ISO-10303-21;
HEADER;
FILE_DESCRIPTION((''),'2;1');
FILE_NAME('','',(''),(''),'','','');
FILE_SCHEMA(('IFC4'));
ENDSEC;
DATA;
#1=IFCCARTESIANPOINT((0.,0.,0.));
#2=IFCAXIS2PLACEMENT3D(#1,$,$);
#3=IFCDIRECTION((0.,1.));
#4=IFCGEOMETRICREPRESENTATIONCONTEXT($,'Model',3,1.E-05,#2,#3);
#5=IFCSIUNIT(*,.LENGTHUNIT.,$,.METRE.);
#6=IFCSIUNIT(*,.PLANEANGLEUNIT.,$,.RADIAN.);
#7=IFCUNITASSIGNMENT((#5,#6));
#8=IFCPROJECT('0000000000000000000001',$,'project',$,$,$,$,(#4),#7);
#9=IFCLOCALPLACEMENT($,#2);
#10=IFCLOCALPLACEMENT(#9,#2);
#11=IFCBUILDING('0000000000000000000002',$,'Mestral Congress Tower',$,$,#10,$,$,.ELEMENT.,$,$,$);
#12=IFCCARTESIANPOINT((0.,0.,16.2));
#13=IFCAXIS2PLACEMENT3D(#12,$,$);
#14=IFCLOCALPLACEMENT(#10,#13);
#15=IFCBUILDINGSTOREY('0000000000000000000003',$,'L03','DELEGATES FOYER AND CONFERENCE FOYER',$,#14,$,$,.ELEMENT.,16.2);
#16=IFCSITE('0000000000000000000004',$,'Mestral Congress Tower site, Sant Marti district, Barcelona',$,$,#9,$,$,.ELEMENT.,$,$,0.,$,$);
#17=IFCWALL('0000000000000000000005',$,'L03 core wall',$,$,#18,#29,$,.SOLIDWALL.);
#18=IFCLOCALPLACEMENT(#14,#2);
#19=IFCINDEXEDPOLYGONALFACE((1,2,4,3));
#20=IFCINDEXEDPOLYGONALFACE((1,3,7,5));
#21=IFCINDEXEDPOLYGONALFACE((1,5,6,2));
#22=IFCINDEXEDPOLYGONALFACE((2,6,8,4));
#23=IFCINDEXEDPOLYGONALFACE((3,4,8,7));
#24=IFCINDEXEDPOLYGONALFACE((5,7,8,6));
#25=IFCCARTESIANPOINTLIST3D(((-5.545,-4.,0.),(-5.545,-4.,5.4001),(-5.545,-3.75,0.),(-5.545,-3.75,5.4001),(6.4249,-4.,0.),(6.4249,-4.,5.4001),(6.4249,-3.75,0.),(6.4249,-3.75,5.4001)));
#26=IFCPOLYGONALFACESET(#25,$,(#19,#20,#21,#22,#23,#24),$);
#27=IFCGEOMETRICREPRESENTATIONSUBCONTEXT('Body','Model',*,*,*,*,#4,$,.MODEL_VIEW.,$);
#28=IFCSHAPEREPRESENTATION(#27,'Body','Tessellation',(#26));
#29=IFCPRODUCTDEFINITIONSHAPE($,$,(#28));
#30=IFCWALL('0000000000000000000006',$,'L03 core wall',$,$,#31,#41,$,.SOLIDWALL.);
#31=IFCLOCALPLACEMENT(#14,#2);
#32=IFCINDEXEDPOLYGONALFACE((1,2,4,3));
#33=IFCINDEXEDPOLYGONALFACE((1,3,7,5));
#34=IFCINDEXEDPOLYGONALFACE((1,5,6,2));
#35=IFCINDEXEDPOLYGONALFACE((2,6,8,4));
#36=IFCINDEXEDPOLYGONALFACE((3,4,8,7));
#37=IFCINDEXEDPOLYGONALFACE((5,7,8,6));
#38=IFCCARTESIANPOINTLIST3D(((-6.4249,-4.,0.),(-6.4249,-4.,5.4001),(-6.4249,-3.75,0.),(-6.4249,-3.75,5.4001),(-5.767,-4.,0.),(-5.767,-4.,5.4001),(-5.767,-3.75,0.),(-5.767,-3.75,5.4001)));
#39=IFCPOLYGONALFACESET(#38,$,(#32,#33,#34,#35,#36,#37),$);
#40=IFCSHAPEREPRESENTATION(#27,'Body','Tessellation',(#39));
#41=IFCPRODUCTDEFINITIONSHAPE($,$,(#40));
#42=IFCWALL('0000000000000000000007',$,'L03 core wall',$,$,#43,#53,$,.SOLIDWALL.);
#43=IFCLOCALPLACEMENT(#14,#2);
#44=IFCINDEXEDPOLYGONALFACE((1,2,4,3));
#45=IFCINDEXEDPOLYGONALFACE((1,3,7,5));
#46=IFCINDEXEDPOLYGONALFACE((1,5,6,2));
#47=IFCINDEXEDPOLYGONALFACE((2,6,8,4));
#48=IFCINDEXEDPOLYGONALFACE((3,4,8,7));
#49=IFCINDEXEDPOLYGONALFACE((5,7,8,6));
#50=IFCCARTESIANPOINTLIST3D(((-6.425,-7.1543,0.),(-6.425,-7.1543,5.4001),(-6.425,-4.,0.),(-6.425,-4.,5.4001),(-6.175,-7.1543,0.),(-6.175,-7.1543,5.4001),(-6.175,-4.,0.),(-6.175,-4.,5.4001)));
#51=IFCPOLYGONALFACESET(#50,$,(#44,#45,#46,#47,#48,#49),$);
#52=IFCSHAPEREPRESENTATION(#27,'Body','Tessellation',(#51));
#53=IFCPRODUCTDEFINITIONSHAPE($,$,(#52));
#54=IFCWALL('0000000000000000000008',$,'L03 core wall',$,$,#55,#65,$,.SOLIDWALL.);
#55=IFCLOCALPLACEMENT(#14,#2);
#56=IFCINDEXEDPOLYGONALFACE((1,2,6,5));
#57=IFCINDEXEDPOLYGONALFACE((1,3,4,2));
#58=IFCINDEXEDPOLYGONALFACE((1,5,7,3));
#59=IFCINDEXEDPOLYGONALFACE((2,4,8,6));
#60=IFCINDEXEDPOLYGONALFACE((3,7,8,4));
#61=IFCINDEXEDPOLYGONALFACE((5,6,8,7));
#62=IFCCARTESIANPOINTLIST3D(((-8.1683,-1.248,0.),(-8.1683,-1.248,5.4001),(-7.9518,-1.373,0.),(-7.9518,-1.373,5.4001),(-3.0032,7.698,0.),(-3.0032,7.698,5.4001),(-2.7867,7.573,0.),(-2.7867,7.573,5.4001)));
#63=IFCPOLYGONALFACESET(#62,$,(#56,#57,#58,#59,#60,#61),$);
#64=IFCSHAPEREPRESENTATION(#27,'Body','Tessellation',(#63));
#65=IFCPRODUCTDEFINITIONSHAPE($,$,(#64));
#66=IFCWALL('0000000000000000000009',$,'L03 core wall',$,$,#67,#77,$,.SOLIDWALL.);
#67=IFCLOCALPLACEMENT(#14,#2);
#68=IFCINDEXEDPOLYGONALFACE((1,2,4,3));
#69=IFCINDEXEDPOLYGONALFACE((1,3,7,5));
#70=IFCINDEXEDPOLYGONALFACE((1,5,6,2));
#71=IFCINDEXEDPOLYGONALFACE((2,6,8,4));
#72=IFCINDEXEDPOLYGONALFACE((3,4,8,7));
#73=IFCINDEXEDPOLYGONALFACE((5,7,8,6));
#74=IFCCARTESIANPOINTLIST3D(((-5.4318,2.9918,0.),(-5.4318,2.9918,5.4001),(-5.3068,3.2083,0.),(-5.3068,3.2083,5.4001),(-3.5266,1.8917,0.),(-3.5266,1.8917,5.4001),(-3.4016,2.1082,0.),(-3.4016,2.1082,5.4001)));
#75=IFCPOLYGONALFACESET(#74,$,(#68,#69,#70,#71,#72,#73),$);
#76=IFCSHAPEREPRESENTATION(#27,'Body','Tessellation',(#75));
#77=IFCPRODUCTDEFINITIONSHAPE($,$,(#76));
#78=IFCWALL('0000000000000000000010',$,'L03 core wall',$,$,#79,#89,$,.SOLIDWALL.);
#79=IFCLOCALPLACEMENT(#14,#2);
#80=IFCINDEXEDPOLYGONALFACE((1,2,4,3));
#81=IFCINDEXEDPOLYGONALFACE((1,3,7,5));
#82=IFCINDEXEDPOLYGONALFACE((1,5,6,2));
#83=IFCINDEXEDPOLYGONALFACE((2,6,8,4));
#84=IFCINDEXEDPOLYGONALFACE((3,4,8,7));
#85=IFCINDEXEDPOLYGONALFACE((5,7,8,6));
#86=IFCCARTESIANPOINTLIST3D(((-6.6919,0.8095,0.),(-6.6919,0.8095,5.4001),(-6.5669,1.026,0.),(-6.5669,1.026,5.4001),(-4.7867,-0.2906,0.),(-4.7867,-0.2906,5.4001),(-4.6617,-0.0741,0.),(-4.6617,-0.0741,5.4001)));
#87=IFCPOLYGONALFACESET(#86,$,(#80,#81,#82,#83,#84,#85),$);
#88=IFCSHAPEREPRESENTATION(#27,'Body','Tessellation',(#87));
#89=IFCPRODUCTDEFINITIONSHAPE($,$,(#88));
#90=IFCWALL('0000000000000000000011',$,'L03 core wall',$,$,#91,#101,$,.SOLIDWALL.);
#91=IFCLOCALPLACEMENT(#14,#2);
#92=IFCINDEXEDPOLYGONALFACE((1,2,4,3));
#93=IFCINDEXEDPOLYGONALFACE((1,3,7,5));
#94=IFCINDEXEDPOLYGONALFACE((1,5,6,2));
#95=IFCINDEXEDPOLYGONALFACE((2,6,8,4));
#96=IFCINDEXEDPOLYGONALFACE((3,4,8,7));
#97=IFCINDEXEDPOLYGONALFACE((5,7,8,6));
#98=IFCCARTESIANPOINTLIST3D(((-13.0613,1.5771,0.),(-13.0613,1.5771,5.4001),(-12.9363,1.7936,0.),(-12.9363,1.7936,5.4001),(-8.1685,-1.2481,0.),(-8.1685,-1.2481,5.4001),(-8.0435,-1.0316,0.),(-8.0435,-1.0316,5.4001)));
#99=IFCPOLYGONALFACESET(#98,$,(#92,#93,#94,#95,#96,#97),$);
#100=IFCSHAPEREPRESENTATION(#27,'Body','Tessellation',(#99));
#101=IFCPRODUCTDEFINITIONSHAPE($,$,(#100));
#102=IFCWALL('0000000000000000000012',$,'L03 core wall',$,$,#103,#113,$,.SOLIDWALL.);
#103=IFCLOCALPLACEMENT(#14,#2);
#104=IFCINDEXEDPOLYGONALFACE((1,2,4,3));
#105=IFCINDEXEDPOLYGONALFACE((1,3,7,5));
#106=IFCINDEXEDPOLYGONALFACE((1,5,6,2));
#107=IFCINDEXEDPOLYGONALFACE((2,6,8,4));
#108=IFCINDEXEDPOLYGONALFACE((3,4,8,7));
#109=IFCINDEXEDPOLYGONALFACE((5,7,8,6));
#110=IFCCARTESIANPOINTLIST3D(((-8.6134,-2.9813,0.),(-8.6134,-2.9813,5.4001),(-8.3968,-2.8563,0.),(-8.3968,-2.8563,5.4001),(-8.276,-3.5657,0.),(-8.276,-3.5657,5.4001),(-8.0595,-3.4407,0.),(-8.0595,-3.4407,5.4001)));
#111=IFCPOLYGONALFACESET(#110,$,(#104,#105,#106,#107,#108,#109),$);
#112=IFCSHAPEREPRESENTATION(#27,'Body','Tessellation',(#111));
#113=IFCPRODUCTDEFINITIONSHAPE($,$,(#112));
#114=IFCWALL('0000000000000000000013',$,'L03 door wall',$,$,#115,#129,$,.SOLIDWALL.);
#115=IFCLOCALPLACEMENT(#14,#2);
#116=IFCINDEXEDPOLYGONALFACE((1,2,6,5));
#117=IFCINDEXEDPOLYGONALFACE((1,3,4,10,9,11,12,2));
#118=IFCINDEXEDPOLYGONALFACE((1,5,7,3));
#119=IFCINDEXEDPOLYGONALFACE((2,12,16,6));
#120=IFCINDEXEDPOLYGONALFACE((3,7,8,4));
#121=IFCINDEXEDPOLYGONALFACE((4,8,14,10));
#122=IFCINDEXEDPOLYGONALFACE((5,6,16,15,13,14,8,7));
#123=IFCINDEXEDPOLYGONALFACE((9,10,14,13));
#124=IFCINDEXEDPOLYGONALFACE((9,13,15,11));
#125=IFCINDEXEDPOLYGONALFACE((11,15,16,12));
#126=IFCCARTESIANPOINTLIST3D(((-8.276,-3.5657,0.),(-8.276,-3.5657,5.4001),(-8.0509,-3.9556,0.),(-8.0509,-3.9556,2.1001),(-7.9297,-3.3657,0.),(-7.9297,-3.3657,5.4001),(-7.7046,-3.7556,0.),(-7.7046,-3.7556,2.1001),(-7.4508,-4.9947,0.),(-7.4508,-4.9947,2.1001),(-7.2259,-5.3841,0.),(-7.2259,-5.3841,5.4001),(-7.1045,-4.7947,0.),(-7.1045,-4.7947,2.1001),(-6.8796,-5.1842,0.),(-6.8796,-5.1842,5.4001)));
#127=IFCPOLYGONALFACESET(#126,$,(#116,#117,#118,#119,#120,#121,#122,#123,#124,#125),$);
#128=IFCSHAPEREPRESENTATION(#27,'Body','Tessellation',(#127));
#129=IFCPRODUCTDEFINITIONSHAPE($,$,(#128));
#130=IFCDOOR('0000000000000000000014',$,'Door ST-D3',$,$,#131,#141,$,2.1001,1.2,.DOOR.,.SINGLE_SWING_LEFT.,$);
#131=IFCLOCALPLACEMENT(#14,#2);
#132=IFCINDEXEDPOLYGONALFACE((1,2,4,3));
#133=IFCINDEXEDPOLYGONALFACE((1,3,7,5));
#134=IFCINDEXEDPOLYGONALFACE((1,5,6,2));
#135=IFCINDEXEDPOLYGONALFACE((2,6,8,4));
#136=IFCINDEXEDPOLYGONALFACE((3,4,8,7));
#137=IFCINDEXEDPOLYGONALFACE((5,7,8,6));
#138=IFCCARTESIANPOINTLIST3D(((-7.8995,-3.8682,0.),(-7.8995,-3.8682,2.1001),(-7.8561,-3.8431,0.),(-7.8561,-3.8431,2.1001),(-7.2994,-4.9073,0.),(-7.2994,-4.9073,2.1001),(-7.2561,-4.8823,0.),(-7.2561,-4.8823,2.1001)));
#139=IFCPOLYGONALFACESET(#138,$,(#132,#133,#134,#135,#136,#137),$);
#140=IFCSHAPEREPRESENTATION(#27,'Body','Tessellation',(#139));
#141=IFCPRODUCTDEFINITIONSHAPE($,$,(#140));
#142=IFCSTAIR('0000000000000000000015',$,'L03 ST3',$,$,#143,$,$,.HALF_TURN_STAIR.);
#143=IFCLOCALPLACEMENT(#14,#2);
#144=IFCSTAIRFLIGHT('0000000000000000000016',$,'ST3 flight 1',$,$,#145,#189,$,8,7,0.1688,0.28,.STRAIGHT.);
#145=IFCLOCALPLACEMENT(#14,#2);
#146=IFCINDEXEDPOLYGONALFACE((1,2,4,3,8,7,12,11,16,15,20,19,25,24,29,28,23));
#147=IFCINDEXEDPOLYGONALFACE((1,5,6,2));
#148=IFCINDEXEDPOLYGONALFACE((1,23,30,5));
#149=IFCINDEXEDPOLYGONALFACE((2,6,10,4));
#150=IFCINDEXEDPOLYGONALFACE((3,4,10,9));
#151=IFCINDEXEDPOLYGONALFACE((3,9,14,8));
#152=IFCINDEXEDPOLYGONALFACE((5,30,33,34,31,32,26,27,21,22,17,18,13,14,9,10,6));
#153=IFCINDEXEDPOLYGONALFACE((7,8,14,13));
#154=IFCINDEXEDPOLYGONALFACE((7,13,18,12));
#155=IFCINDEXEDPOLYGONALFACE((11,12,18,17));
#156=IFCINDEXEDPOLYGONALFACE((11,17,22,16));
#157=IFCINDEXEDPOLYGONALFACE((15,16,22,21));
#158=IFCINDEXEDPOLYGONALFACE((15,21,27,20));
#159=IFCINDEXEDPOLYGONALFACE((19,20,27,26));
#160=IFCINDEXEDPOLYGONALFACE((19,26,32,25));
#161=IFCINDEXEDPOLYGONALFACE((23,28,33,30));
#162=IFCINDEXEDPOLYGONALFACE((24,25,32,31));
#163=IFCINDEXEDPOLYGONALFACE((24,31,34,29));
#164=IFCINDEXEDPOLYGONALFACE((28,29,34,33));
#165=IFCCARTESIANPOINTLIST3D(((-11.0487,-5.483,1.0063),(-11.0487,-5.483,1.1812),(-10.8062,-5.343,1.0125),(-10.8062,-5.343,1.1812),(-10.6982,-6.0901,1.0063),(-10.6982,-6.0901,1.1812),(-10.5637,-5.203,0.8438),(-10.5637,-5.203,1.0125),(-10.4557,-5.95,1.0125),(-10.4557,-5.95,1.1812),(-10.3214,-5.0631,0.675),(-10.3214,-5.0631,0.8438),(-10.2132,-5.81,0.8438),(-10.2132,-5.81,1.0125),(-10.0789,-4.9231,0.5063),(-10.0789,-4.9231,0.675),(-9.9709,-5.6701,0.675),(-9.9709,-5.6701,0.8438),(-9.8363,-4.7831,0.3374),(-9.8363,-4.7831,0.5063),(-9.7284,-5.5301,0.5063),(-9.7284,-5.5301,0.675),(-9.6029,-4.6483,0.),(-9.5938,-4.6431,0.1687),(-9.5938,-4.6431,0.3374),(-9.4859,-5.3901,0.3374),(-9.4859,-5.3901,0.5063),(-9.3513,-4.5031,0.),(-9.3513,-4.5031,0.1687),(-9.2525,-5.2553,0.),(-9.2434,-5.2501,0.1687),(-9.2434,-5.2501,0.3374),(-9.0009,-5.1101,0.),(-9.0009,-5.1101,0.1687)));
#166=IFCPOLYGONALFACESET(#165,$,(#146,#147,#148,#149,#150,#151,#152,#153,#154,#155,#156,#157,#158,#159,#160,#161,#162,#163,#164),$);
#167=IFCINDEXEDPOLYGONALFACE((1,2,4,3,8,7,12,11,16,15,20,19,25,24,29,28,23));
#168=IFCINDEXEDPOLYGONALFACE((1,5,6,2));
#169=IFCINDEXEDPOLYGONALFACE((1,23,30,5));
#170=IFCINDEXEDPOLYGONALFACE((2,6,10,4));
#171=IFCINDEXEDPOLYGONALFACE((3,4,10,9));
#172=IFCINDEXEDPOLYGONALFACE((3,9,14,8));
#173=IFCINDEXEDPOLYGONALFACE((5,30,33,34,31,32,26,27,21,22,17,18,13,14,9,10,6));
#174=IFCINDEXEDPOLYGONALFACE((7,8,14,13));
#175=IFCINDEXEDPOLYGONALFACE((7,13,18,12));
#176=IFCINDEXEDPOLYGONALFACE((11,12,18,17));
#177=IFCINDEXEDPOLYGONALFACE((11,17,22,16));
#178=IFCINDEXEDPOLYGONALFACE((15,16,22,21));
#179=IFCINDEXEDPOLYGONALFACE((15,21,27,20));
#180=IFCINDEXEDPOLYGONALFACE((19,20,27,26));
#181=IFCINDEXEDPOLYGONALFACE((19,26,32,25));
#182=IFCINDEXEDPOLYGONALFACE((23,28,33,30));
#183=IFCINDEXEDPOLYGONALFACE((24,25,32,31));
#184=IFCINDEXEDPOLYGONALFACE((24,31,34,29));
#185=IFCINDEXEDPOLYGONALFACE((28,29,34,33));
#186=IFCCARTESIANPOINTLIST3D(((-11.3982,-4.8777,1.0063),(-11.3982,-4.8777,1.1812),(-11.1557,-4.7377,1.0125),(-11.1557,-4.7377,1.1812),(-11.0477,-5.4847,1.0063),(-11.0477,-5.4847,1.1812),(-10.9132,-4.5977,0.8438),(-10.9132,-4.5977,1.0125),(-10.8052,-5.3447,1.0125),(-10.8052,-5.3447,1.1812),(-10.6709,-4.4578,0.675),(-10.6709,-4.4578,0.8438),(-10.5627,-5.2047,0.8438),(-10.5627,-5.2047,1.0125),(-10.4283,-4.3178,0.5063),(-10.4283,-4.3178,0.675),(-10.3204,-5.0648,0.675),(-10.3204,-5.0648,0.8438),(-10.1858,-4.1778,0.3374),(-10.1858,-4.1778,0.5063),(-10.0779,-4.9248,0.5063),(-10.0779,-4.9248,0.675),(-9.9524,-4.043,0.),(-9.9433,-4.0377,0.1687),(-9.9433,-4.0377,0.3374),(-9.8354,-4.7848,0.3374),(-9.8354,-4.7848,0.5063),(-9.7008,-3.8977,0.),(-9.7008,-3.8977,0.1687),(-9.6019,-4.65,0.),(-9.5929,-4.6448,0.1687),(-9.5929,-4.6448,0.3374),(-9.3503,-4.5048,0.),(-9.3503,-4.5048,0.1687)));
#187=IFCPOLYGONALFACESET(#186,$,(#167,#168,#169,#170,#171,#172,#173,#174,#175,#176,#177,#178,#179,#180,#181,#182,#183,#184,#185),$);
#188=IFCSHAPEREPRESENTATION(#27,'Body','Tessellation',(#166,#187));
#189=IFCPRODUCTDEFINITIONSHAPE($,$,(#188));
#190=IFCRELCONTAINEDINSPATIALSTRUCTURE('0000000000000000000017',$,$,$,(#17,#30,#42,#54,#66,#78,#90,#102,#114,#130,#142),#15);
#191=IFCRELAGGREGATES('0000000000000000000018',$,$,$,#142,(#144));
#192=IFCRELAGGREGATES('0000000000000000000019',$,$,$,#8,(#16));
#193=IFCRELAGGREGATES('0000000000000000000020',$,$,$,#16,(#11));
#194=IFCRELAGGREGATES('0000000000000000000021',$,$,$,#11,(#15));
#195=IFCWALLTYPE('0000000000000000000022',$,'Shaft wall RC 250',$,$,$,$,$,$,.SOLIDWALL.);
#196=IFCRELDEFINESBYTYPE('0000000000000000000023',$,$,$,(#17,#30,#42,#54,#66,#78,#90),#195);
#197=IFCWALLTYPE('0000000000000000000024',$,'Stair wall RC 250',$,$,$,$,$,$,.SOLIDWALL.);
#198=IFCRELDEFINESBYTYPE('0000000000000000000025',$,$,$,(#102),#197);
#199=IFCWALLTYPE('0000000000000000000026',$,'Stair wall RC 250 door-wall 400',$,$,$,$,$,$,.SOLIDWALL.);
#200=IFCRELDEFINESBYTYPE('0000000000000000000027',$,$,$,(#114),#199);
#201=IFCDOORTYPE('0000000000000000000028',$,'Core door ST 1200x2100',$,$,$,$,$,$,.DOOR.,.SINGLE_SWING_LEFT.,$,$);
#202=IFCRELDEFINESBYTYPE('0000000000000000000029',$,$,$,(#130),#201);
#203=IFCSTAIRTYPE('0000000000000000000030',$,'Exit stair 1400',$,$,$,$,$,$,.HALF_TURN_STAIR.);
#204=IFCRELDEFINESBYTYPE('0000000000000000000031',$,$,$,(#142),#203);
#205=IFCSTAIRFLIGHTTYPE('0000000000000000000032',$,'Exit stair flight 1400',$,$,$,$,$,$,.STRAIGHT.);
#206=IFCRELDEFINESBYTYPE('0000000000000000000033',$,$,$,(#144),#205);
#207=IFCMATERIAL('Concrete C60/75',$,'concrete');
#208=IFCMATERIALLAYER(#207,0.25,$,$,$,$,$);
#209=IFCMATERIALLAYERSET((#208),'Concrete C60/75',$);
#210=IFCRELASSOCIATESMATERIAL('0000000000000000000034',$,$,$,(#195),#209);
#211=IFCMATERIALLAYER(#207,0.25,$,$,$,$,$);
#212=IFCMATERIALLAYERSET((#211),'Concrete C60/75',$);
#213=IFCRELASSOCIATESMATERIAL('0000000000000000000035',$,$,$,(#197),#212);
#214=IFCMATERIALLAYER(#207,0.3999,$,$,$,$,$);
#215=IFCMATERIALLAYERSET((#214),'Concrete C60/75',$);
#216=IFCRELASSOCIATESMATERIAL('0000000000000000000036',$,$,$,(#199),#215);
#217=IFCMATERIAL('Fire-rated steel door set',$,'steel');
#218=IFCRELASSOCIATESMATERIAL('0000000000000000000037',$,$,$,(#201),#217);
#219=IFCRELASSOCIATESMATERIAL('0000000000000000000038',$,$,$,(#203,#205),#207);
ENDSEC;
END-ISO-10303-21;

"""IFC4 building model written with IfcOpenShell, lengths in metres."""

from ifc_helpers import new_model, si_unit, direction, frame, frame_2d, origin, place, context, subcontext, project, spatial, polyline, rectangle, outline, extrude, material, layer, layer_set, type_object, element, fill, aggregate, save


model = new_model("IFC4")

# Units and contexts
model_context = context("Model", 3, precision=1e-05, world=origin(), true_north=direction((0.0, 1.0)))
body_context = subcontext(model_context, "Body", "Model", "MODEL_VIEW")
ifc_project = project(units=[si_unit("LENGTHUNIT", "METRE"), si_unit("PLANEANGLEUNIT", "RADIAN")], contexts=[model_context])

# Site, building, storey
site_placement = place(None, origin())
site = spatial("IfcSite", under=ifc_project, at=site_placement, Name="Mestral Congress Tower site, Sant Marti district, Barcelona", CompositionType="ELEMENT", RefElevation=0.0)
building_placement = place(site_placement, origin())
building = spatial("IfcBuilding", under=site, at=building_placement, Name="Mestral Congress Tower", CompositionType="ELEMENT")
storey_placement = place(building_placement, frame((0.0, 0.0, 16.2)))
storey = spatial("IfcBuildingStorey", under=building, at=storey_placement, Name="L03", Description="DELEGATES FOYER AND CONFERENCE FOYER", CompositionType="ELEMENT", Elevation=16.2)

# Shared definitions
ifc_material_1 = material(Name="Fire-rated steel door set", Category="steel")

# Shared definitions
ifc_material_2 = material(Name="Concrete C60/75", Category="concrete")

# Walls
ifc_layer_1 = layer(ifc_material_2, 0.25)
ifc_layer_set_1 = layer_set([ifc_layer_1], Name="Concrete C60/75")
wall_type_1 = type_object("IfcWallType", Name="Shaft wall RC 250", PredefinedType="SOLIDWALL", material=ifc_layer_set_1)
wall_1_placement = place(storey_placement, frame((-5.5449, -3.875, 0.0), z_axis=(0.0, 0.0, 1.0), x_axis=(1.0, 0.0, 0.0)))
element("IfcWall", 1, at=wall_1_placement, inside=storey, type_object=wall_type_1, Name="L03 core wall", PredefinedType="SOLIDWALL", context=body_context, shape_type="SweptSolid", body=[
    extrude(rectangle(XDim=11.97, YDim=0.25, at=frame_2d((5.9849, 0.0))), origin(), (0.0, 0.0, 1.0), 5.4001),
])
wall_2_placement = place(storey_placement, frame((-6.425, -3.875, 0.0), z_axis=(0.0, 0.0, 1.0), x_axis=(1.0, 0.0, 0.0)))
element("IfcWall", 2, at=wall_2_placement, inside=storey, type_object=wall_type_1, Name="L03 core wall", PredefinedType="SOLIDWALL", context=body_context, shape_type="SweptSolid", body=[
    extrude(rectangle(XDim=0.658, YDim=0.25, at=frame_2d((0.3291, 0.0))), origin(), (0.0, 0.0, 1.0), 5.4001),
])
wall_3_placement = place(storey_placement, frame((-6.3, -4.0, 0.0), z_axis=(0.0, 0.0, 1.0), x_axis=(0.0, -1.0, 0.0)))
element("IfcWall", 3, at=wall_3_placement, inside=storey, type_object=wall_type_1, Name="L03 core wall", PredefinedType="SOLIDWALL", context=body_context, shape_type="SweptSolid", body=[
    extrude(rectangle(XDim=3.1543, YDim=0.25, at=frame_2d((1.5771, 0.0))), origin(), (0.0, 0.0, 1.0), 5.4001),
])
wall_4_placement = place(storey_placement, frame((-8.0601, -1.3105, 0.0), z_axis=(0.0, 0.0, 1.0), x_axis=(0.500003, 0.866024, 0.0)))
element("IfcWall", 4, at=wall_4_placement, inside=storey, type_object=wall_type_1, Name="L03 core wall", PredefinedType="SOLIDWALL", context=body_context, shape_type="SweptSolid", body=[
    extrude(rectangle(XDim=10.3301, YDim=0.25, at=frame_2d((5.165, 0.0))), origin(), (0.0, 0.0, 1.0), 5.4001),
])
for number, where, z_axis, x_axis, name in (
    (5, (-5.3694, 3.1001, 0.0), (0.0, 0.0, 1.0), (0.866008, -0.50003, 0.0), "L03 core wall"),
    (6, (-4.7241, -0.1824, 0.0), (0.0, 0.0, 1.0), (-0.866008, 0.50003, 0.0), "L03 core wall"),
):
    element("IfcWall", number, at=place(storey_placement, frame(where, z_axis=z_axis, x_axis=x_axis)), inside=storey, type_object=wall_type_1, Name=name, PredefinedType="SOLIDWALL", context=body_context, shape_type="SweptSolid", body=[
        extrude(rectangle(XDim=2.2, YDim=0.25, at=frame_2d((1.1001, 0.0))), origin(), (0.0, 0.0, 1.0), 5.4001),
    ])
wall_5_placement = place(storey_placement, frame((-8.106, -1.1399, 0.0), z_axis=(0.0, 0.0, 1.0), x_axis=(-0.866001, 0.500043, 0.0)))
element("IfcWall", 7, at=wall_5_placement, inside=storey, type_object=wall_type_1, Name="L03 core wall", PredefinedType="SOLIDWALL", context=body_context, shape_type="SweptSolid", body=[
    extrude(rectangle(XDim=5.6499, YDim=0.25, at=frame_2d((2.825, 0.0))), origin(), (0.0, 0.0, 1.0), 5.4001),
])
ifc_layer_2 = layer(ifc_material_2, 0.25)
ifc_layer_set_2 = layer_set([ifc_layer_2], Name="Concrete C60/75")
wall_type_2 = type_object("IfcWallType", Name="Stair wall RC 250", PredefinedType="SOLIDWALL", material=ifc_layer_set_2)
wall_6_placement = place(storey_placement, frame((-8.1677, -3.5032, 0.0), z_axis=(0.0, 0.0, 1.0), x_axis=(-0.499952, 0.866053, 0.0)))
element("IfcWall", 8, at=wall_6_placement, inside=storey, type_object=wall_type_2, Name="L03 core wall", PredefinedType="SOLIDWALL", context=body_context, shape_type="SweptSolid", body=[
    extrude(rectangle(XDim=0.6748, YDim=0.25, at=frame_2d((0.3374, 0.0))), origin(), (0.0, 0.0, 1.0), 5.4001),
])

# Wall, opening, door
ifc_layer_3 = layer(ifc_material_2, 0.3999)
ifc_layer_set_3 = layer_set([ifc_layer_3], Name="Concrete C60/75")
wall_type_3 = type_object("IfcWallType", Name="Stair wall RC 250 door-wall 400", PredefinedType="SOLIDWALL", material=ifc_layer_set_3)
wall_7_placement = place(storey_placement, frame((-8.1028, -3.4658, 0.0), z_axis=(0.0, 0.0, 1.0), x_axis=(0.500078, -0.86598, 0.0)))
wall_7 = element("IfcWall", 9, at=wall_7_placement, inside=storey, type_object=wall_type_3, Name="L03 door wall", PredefinedType="SOLIDWALL", context=body_context, shape_type="SweptSolid", body=[
    extrude(rectangle(XDim=2.0999, YDim=0.3999, at=frame_2d((1.0498, 0.0))), origin(), (0.0, 0.0, 1.0), 5.4001),
])
opening_1_placement = place(wall_7_placement, frame((0.45, 0.0, 0.0)))
opening_1 = element("IfcOpeningElement", 10, at=opening_1_placement, cuts=wall_7, PredefinedType="OPENING", context=body_context, shape_type="SweptSolid", body=[
    extrude(rectangle(XDim=1.2, YDim=2.1001, at=frame_2d((0.6001, 1.05))), frame((0.0, 0.21, 0.0), z_axis=(0.0, -1.0, 0.0), x_axis=(1.0, 0.0, 0.0)), (0.0, 0.0, 1.0), 0.4199),
])
door_type_1 = type_object("IfcDoorType", Name="Core door ST 1200x2100", OperationType="SINGLE_SWING_LEFT", PredefinedType="DOOR", material=ifc_material_1)
door_1_placement = place(opening_1_placement, origin())
door_1 = element("IfcDoor", 11, at=door_1_placement, inside=storey, type_object=door_type_1, Name="Door ST-D3", OperationType="SINGLE_SWING_LEFT", OverallHeight=2.1001, OverallWidth=1.2, PredefinedType="DOOR", context=body_context, shape_type="SweptSolid", body=[
    extrude(rectangle(XDim=1.2, YDim=2.1001, at=frame_2d((0.6001, 1.05))), frame((0.0, 0.0249, 0.0), z_axis=(0.0, -1.0, 0.0), x_axis=(1.0, 0.0, 0.0)), (0.0, 0.0, 1.0), 0.05),
])
fill(opening_1, door_1)

# Stair, stair flight
stair_type = type_object("IfcStairType", Name="Exit stair 1400", PredefinedType="HALF_TURN_STAIR", material=ifc_material_2)
stair_placement = place(storey_placement, origin())
stair = element("IfcStair", 12, at=stair_placement, inside=storey, type_object=stair_type, Name="L03 ST3", PredefinedType="HALF_TURN_STAIR")
stair_flight_type = type_object("IfcStairFlightType", Name="Exit stair flight 1400", PredefinedType="STRAIGHT", material=ifc_material_2)
stair_flight_1_placement = place(storey_placement, frame((-9.3508, -4.5039, 0.0), z_axis=(0.0, 0.0, 1.0), x_axis=(-0.866025, -0.5, 0.0)))
stair_flight_1 = element("IfcStairFlight", 13, at=stair_flight_1_placement, type_object=stair_flight_type, Name="ST3 flight 1", NumberOfRisers=8, NumberOfTreads=7, PredefinedType="STRAIGHT", RiserHeight=0.1688, TreadLength=0.28, context=body_context, shape_type="SweptSolid", body=[
    extrude(outline(polyline([(0.0, 0.0), (0.0, 0.1687), (0.28, 0.1687), (0.28, 0.3374), (0.5601, 0.3374), (0.5601, 0.5063), (0.8401, 0.5063), (0.8401, 0.675), (1.1201, 0.675), (1.1201, 0.8438), (1.3999, 0.8438), (1.3999, 1.0125), (1.6799, 1.0125), (1.6799, 1.1812), (1.96, 1.1812), (1.96, 1.3501), (1.96, 1.0063), (0.2905, 0.0), (0.0, 0.0)])), frame((0.0, 0.7, 0.0), z_axis=(0.0, -1.0, 0.0), x_axis=(1.0, 0.0, 0.0)), (0.0, 0.0, 1.0), 0.7009),
    extrude(outline(polyline([(0.0, 0.0), (0.0, 0.1687), (0.28, 0.1687), (0.28, 0.3374), (0.5601, 0.3374), (0.5601, 0.5063), (0.8401, 0.5063), (0.8401, 0.675), (1.1201, 0.675), (1.1201, 0.8438), (1.3999, 0.8438), (1.3999, 1.0125), (1.6799, 1.0125), (1.6799, 1.1812), (1.96, 1.1812), (1.96, 1.3501), (1.96, 1.0063), (0.2905, 0.0), (0.0, 0.0)])), frame((0.0, 0.001, 0.0), z_axis=(0.0, -1.0, 0.0), x_axis=(1.0, 0.0, 0.0)), (0.0, 0.0, 1.0), 0.7009),
])
aggregate(stair, [stair_flight_1])

save(model, "model.ifc")
